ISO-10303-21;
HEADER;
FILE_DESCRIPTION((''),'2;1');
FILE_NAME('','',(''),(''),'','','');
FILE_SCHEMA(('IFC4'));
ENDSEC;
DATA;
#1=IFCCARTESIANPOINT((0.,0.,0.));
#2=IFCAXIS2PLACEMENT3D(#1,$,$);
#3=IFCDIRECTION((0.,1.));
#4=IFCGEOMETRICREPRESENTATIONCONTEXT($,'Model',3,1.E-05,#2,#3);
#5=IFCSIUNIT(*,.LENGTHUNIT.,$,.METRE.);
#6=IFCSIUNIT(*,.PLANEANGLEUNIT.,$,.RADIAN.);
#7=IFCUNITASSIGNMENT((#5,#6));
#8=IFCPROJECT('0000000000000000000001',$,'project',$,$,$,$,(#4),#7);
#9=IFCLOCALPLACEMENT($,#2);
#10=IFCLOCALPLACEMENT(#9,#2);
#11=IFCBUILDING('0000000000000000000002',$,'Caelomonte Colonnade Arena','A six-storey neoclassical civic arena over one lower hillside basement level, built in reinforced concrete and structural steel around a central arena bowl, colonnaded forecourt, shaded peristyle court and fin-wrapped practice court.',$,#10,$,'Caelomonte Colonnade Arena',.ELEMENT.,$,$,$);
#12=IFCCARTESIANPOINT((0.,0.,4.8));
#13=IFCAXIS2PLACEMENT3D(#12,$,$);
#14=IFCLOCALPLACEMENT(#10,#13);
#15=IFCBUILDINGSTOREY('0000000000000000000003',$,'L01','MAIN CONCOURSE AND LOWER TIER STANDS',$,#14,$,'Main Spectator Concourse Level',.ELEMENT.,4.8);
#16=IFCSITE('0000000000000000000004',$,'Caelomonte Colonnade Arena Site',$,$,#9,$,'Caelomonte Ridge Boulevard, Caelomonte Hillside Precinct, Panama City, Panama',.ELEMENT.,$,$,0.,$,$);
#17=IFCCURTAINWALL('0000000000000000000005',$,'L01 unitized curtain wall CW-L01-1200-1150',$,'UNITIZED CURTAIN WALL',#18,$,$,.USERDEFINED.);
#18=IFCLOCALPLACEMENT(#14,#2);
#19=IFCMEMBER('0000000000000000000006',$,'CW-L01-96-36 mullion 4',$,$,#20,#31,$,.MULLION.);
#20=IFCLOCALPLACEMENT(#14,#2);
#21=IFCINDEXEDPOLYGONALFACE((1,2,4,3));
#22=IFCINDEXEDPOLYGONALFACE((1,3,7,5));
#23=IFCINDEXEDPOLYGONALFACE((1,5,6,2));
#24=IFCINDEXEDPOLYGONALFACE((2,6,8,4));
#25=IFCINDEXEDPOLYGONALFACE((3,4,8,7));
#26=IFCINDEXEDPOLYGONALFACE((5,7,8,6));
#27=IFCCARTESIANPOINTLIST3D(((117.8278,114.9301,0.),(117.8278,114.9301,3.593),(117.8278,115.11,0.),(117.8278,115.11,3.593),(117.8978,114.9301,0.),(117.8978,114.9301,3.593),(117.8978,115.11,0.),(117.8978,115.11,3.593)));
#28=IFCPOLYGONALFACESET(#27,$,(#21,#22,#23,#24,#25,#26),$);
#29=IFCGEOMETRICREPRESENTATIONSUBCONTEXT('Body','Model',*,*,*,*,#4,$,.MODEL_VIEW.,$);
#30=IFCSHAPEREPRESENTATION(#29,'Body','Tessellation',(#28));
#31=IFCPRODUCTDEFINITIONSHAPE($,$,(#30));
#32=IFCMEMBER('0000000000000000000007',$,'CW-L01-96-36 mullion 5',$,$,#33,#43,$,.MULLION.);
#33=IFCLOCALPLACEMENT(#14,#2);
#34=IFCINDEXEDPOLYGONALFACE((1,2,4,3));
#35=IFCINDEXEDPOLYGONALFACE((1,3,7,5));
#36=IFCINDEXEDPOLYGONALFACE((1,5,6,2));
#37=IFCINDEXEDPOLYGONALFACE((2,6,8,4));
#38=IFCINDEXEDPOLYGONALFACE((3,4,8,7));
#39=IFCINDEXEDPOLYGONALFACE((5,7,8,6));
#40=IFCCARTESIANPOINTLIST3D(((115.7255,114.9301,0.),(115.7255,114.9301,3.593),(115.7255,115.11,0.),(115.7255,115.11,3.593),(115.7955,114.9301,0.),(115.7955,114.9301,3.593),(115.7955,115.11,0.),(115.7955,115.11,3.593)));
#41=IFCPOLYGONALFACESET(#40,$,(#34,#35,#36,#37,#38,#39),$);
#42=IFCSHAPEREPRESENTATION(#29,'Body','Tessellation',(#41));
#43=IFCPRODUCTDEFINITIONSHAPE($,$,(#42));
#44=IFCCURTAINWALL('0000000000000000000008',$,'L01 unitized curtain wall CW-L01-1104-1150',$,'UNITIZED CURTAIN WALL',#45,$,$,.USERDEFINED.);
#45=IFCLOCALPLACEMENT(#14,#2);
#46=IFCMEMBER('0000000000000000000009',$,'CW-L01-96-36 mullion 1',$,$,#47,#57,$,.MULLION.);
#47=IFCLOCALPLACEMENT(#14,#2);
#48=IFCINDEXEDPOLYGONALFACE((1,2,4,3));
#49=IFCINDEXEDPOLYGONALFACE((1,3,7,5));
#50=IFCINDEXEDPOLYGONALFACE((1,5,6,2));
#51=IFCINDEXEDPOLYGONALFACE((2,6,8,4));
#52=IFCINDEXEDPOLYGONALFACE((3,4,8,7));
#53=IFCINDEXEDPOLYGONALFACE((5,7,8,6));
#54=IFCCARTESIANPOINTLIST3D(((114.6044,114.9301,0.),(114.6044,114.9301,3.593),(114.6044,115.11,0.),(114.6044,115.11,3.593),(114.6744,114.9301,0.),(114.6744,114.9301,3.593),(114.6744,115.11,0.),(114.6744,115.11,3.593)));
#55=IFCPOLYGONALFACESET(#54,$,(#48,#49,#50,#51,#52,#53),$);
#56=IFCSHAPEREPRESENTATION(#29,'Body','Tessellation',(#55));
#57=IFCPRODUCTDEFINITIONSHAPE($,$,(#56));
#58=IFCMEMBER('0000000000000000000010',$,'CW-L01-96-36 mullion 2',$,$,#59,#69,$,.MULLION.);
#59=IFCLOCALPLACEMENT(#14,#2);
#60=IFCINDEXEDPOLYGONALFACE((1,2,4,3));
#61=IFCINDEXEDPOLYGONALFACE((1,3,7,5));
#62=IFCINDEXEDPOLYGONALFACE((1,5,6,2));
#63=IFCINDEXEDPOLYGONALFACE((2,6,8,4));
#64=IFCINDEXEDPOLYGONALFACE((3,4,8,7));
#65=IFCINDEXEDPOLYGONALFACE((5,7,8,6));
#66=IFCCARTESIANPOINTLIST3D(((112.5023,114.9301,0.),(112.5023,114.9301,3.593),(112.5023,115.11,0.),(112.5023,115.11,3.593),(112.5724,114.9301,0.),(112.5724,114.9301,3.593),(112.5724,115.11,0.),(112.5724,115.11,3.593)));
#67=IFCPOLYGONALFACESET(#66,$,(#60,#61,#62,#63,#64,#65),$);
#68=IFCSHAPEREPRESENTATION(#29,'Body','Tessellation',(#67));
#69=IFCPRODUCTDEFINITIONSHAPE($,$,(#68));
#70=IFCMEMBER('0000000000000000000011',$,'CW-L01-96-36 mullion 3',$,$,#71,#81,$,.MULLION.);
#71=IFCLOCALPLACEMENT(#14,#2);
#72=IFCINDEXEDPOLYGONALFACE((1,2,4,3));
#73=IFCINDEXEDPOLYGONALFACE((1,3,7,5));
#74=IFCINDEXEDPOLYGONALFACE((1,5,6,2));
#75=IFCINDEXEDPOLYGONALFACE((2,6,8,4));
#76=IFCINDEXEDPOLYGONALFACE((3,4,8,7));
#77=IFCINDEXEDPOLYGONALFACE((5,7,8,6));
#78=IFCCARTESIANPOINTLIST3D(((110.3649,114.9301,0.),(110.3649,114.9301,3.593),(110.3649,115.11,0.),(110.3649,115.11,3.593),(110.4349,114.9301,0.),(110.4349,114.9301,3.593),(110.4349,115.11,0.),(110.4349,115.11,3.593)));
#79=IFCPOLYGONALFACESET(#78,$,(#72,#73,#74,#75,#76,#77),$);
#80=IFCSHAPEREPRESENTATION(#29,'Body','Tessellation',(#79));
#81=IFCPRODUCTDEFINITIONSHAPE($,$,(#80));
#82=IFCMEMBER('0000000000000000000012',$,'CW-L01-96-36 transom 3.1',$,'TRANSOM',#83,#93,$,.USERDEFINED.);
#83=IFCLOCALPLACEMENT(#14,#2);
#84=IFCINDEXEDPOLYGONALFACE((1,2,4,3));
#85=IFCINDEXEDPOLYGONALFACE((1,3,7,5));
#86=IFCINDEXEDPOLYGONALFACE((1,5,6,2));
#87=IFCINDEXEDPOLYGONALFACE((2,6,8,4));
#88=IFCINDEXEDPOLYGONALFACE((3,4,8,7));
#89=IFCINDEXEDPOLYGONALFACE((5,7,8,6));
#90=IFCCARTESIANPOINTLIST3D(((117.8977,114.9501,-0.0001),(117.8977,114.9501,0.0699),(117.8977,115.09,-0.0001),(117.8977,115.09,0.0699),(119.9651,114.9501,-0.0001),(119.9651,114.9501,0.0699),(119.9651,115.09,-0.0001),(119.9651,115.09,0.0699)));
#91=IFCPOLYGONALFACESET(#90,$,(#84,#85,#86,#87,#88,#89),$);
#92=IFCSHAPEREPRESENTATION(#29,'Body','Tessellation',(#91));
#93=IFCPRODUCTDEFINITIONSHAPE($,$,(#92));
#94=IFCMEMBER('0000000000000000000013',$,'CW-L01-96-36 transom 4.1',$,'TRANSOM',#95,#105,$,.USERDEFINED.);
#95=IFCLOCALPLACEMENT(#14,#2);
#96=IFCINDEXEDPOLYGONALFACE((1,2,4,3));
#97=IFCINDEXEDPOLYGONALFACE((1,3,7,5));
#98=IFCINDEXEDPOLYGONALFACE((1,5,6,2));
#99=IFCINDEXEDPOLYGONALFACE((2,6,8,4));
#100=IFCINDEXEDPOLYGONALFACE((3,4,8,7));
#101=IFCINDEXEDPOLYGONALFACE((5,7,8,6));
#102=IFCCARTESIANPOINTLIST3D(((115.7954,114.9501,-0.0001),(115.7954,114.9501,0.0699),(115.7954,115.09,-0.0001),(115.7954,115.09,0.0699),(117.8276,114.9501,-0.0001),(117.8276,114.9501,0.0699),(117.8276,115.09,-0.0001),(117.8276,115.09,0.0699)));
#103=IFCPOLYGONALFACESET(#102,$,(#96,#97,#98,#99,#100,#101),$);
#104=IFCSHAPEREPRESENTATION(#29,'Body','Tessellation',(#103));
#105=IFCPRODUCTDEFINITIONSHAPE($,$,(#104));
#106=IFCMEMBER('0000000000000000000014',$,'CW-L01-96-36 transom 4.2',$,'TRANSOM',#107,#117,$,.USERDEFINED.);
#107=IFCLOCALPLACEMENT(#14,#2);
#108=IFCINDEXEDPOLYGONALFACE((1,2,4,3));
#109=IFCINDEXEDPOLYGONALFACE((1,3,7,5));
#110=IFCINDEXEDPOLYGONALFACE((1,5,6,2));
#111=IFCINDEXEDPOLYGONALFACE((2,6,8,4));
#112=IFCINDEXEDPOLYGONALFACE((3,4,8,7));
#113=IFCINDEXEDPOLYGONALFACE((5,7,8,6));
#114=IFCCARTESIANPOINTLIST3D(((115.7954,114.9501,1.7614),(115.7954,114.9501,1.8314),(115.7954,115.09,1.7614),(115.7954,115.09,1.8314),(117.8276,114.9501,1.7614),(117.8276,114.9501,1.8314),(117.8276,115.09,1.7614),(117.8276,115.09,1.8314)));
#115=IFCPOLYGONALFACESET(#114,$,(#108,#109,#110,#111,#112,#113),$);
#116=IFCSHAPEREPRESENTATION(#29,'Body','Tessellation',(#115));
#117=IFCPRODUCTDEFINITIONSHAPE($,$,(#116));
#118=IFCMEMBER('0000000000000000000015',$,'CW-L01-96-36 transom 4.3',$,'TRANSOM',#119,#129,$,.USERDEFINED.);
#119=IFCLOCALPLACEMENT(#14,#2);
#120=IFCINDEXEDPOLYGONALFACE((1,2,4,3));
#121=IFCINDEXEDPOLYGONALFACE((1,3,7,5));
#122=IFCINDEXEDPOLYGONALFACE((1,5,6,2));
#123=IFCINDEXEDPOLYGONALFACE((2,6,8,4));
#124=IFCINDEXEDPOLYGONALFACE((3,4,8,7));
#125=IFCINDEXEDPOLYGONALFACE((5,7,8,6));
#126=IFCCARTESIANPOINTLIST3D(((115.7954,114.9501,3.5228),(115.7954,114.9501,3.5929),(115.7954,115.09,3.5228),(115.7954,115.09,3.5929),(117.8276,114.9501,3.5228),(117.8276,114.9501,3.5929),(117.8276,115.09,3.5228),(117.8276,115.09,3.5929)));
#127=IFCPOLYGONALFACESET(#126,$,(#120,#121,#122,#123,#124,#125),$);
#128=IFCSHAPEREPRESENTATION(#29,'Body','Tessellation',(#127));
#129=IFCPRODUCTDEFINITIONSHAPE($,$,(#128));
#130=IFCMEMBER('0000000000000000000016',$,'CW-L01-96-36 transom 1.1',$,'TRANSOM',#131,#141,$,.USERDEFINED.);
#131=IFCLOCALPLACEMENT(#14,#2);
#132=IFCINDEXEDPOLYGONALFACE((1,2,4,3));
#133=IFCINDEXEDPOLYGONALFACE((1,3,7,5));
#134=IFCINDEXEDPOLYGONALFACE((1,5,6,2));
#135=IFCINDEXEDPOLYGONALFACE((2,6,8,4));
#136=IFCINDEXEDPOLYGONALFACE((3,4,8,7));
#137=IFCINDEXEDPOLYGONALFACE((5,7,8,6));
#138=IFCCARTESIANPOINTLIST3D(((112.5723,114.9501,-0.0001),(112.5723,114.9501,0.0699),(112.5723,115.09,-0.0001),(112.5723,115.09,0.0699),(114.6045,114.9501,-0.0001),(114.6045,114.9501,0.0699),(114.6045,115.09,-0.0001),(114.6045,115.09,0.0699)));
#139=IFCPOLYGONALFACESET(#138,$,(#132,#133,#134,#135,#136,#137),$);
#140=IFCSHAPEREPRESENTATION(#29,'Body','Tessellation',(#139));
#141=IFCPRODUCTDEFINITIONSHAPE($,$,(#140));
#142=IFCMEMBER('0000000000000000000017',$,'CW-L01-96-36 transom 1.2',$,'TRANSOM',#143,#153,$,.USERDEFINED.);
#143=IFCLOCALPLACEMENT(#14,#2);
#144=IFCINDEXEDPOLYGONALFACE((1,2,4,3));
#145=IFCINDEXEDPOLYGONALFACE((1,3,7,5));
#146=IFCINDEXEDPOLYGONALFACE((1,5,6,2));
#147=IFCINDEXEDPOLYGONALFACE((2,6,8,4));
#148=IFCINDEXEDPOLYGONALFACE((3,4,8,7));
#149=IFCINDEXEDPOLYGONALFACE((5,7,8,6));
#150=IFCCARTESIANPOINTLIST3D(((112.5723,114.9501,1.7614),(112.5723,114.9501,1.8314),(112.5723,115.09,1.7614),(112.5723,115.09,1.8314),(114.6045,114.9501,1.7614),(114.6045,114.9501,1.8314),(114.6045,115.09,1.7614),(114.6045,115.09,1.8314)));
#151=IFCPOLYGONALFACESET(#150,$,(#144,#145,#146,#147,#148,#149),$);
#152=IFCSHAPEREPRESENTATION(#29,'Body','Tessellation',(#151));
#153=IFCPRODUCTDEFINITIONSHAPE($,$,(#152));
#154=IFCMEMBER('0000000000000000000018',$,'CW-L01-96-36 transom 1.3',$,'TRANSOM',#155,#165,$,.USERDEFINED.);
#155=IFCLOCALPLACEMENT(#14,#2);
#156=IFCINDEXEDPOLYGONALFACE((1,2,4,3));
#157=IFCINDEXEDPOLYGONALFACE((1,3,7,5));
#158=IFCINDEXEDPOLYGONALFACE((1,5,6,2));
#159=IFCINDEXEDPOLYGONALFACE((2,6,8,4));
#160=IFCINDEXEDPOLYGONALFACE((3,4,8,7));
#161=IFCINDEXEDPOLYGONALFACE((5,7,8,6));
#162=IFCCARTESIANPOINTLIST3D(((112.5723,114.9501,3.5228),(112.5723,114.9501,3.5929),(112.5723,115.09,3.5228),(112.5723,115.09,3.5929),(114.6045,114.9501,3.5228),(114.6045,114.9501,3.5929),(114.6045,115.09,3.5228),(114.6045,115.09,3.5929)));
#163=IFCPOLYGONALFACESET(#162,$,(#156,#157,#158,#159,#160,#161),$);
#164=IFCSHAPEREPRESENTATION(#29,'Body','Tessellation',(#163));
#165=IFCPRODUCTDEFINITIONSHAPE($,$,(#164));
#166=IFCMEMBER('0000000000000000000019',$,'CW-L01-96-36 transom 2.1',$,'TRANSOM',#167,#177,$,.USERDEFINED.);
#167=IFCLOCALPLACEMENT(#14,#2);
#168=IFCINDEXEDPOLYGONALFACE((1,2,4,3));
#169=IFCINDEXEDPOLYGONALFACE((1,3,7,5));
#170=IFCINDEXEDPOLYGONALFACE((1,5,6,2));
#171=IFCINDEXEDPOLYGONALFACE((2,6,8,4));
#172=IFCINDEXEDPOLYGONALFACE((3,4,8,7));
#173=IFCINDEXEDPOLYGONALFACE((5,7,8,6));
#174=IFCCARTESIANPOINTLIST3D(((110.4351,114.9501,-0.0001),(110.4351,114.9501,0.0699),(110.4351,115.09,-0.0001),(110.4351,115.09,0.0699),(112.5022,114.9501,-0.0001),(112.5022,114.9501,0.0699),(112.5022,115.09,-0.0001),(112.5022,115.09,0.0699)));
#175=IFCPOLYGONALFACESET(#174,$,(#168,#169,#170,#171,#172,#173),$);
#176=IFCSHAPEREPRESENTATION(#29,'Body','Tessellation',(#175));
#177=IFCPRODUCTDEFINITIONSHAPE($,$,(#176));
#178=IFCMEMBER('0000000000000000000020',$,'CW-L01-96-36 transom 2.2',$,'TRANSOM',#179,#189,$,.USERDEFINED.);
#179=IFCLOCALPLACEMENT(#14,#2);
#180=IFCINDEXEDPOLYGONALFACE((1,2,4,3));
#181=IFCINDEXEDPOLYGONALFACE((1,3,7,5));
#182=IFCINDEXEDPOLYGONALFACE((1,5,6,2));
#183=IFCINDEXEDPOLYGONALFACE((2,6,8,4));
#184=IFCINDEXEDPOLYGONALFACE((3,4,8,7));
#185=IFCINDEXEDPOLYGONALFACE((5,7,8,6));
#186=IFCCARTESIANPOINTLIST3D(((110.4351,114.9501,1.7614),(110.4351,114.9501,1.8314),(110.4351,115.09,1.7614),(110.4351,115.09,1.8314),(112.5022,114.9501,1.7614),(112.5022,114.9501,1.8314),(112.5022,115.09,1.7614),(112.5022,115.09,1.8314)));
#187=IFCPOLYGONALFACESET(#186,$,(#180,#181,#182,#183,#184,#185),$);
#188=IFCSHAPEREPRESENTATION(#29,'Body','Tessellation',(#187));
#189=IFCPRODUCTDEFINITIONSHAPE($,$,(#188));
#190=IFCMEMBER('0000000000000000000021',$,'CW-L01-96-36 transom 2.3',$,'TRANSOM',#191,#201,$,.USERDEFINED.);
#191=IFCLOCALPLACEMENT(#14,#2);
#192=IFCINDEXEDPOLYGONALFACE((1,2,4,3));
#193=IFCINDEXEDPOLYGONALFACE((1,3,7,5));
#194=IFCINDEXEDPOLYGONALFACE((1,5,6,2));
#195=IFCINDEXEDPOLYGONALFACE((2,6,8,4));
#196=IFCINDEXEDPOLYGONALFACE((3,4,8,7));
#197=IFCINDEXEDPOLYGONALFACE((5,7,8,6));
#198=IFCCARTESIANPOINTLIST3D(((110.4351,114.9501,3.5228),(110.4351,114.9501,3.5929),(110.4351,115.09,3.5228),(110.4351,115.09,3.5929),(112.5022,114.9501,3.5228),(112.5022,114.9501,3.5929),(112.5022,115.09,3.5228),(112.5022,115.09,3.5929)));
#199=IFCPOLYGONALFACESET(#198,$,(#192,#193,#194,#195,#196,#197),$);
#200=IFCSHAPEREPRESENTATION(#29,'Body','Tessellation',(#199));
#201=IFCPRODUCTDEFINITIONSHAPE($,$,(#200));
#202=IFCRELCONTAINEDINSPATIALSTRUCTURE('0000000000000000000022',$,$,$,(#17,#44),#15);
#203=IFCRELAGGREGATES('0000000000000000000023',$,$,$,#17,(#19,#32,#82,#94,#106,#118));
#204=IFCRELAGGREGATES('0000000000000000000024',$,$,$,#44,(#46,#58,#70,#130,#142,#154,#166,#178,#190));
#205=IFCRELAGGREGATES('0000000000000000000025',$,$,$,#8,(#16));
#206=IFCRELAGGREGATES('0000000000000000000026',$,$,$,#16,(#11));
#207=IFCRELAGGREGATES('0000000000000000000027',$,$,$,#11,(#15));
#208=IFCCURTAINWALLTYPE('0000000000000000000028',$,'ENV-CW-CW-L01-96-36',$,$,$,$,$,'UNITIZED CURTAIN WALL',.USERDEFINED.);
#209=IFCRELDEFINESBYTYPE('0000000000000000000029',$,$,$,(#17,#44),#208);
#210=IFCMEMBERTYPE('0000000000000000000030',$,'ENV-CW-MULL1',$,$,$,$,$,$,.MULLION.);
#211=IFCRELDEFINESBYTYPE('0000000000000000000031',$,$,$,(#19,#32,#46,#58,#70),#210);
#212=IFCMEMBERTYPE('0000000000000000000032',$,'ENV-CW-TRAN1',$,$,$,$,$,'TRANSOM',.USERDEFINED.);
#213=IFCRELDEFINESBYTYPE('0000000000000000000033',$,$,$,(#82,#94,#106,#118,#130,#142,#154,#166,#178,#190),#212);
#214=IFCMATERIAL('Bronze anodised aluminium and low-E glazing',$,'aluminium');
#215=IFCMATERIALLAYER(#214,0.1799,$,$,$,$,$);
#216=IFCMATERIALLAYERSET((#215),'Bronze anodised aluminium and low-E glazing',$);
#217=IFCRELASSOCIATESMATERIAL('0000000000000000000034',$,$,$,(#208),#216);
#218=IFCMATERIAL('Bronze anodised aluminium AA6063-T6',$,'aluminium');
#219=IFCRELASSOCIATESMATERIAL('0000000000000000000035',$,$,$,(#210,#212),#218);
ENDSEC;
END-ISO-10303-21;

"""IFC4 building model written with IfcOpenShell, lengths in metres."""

from ifc_helpers import new_model, si_unit, direction, frame, origin, origin_2d, place, context, subcontext, project, spatial, rectangle, extrude, material, layer, layer_set, material_profile, profile_set, type_object, element, aggregate, save


model = new_model("IFC4")

# Units and contexts
model_context = context("Model", 3, precision=1e-05, world=origin(), true_north=direction((0.0, 1.0)))
body_context = subcontext(model_context, "Body", "Model", "MODEL_VIEW")
ifc_project = project(units=[si_unit("LENGTHUNIT", "METRE"), si_unit("PLANEANGLEUNIT", "RADIAN")], contexts=[model_context])

# Site, building, storey
site_placement = place(None, origin())
site = spatial("IfcSite", under=ifc_project, at=site_placement, Name="Caelomonte Colonnade Arena Site", LongName="Caelomonte Ridge Boulevard, Caelomonte Hillside Precinct, Panama City, Panama", CompositionType="ELEMENT", RefElevation=0.0)
building_placement = place(site_placement, origin())
building = spatial("IfcBuilding", under=site, at=building_placement, Name="Caelomonte Colonnade Arena", Description="A six-storey neoclassical civic arena over one lower hillside basement level, built in reinforced concrete and structural steel around a central arena bowl, colonnaded forecourt, shaded peristyle court and fin-wrapped practice court.", LongName="Caelomonte Colonnade Arena", CompositionType="ELEMENT")
storey_placement = place(building_placement, frame((0.0, 0.0, 4.8)))
storey = spatial("IfcBuildingStorey", under=building, at=storey_placement, Name="L01", Description="MAIN CONCOURSE AND LOWER TIER STANDS", LongName="Main Spectator Concourse Level", CompositionType="ELEMENT", Elevation=4.8)

# Curtain walls, members
ifc_material_1 = material(Name="Bronze anodised aluminium and low-E glazing", Category="aluminium")
ifc_layer_1 = layer(ifc_material_1, 0.1799)
ifc_layer_set_1 = layer_set([ifc_layer_1], Name="Bronze anodised aluminium and low-E glazing")
curtain_wall_type = type_object("IfcCurtainWallType", Name="ENV-CW-CW-L01-96-36", ElementType="UNITIZED CURTAIN WALL", PredefinedType="USERDEFINED", material=ifc_layer_set_1)
curtain_wall_1_placement = place(storey_placement, origin())
curtain_wall_1 = element("IfcCurtainWall", 1, at=curtain_wall_1_placement, inside=storey, type_object=curtain_wall_type, Name="L01 unitized curtain wall CW-L01-1200-1150", ObjectType="UNITIZED CURTAIN WALL", PredefinedType="USERDEFINED")
ifc_material_2 = material(Name="Bronze anodised aluminium AA6063-T6", Category="aluminium")
ifc_material_profile_1 = material_profile(ifc_material_2, rectangle(XDim=0.0701, YDim=0.1799, at=origin_2d()), Name="CWM-70X180")
ifc_profile_set_1 = profile_set([ifc_material_profile_1], Name="Bronze anodised aluminium AA6063-T6")
member_type_1 = type_object("IfcMemberType", Name="ENV-CW-MULL1", PredefinedType="MULLION", material=ifc_profile_set_1)
member_1_placement = place(storey_placement, frame((117.8628, 115.02, 0.0), z_axis=(0.0, 0.0, 1.0), x_axis=(-1.0, 0.0, 0.0)))
member_1 = element("IfcMember", 2, at=member_1_placement, type_object=member_type_1, Name="CW-L01-96-36 mullion 4", PredefinedType="MULLION", context=body_context, shape_type="SweptSolid", body=[
    extrude(rectangle(XDim=0.0701, YDim=0.1799, at=origin_2d()), origin(), (0.0, 0.0, 1.0), 3.593),
])
member_2_placement = place(storey_placement, frame((115.7605, 115.02, 0.0), z_axis=(0.0, 0.0, 1.0), x_axis=(-1.0, 0.0, 0.0)))
member_2 = element("IfcMember", 3, at=member_2_placement, type_object=member_type_1, Name="CW-L01-96-36 mullion 5", PredefinedType="MULLION", context=body_context, shape_type="SweptSolid", body=[
    extrude(rectangle(XDim=0.0701, YDim=0.1799, at=origin_2d()), origin(), (0.0, 0.0, 1.0), 3.593),
])
curtain_wall_2_placement = place(storey_placement, origin())
curtain_wall_2 = element("IfcCurtainWall", 4, at=curtain_wall_2_placement, inside=storey, type_object=curtain_wall_type, Name="L01 unitized curtain wall CW-L01-1104-1150", ObjectType="UNITIZED CURTAIN WALL", PredefinedType="USERDEFINED")
member_3_placement = place(storey_placement, frame((114.6394, 115.02, 0.0), z_axis=(0.0, 0.0, 1.0), x_axis=(-1.0, 0.0, 0.0)))
member_3 = element("IfcMember", 5, at=member_3_placement, type_object=member_type_1, Name="CW-L01-96-36 mullion 1", PredefinedType="MULLION", context=body_context, shape_type="SweptSolid", body=[
    extrude(rectangle(XDim=0.0701, YDim=0.1799, at=origin_2d()), origin(), (0.0, 0.0, 1.0), 3.593),
])
member_4_placement = place(storey_placement, frame((112.5374, 115.02, 0.0), z_axis=(0.0, 0.0, 1.0), x_axis=(-1.0, 0.0, 0.0)))
member_4 = element("IfcMember", 6, at=member_4_placement, type_object=member_type_1, Name="CW-L01-96-36 mullion 2", PredefinedType="MULLION", context=body_context, shape_type="SweptSolid", body=[
    extrude(rectangle(XDim=0.0701, YDim=0.1799, at=origin_2d()), origin(), (0.0, 0.0, 1.0), 3.593),
])
member_5_placement = place(storey_placement, frame((110.3999, 115.02, 0.0), z_axis=(0.0, 0.0, 1.0), x_axis=(-1.0, 0.0, 0.0)))
member_5 = element("IfcMember", 7, at=member_5_placement, type_object=member_type_1, Name="CW-L01-96-36 mullion 3", PredefinedType="MULLION", context=body_context, shape_type="SweptSolid", body=[
    extrude(rectangle(XDim=0.0701, YDim=0.1799, at=origin_2d()), origin(), (0.0, 0.0, 1.0), 3.593),
])

# Members
ifc_material_profile_2 = material_profile(ifc_material_2, rectangle(XDim=0.0701, YDim=0.1399, at=origin_2d()), Name="CWT-70X140")
ifc_profile_set_2 = profile_set([ifc_material_profile_2], Name="Bronze anodised aluminium AA6063-T6")
member_type_2 = type_object("IfcMemberType", Name="ENV-CW-TRAN1", ElementType="TRANSOM", PredefinedType="USERDEFINED", material=ifc_profile_set_2)
member_6_placement = place(storey_placement, frame((119.9651, 115.02, 0.0349), z_axis=(-1.0, 0.0, 0.0), x_axis=(0.0, 0.0, 1.0)))
member_6 = element("IfcMember", 8, at=member_6_placement, type_object=member_type_2, Name="CW-L01-96-36 transom 3.1", ObjectType="TRANSOM", PredefinedType="USERDEFINED", context=body_context, shape_type="SweptSolid", body=[
    extrude(rectangle(XDim=0.0701, YDim=0.1399, at=origin_2d()), origin(), (0.0, 0.0, 1.0), 2.0674),
])
member_7_placement = place(storey_placement, frame((117.8276, 115.02, 0.0349), z_axis=(-1.0, 0.0, 0.0), x_axis=(0.0, 0.0, 1.0)))
member_7 = element("IfcMember", 9, at=member_7_placement, type_object=member_type_2, Name="CW-L01-96-36 transom 4.1", ObjectType="TRANSOM", PredefinedType="USERDEFINED", context=body_context, shape_type="SweptSolid", body=[
    extrude(rectangle(XDim=0.0701, YDim=0.1399, at=origin_2d()), origin(), (0.0, 0.0, 1.0), 2.0322),
])
member_8_placement = place(storey_placement, frame((117.8276, 115.02, 1.7964), z_axis=(-1.0, 0.0, 0.0), x_axis=(0.0, 0.0, 1.0)))
member_8 = element("IfcMember", 10, at=member_8_placement, type_object=member_type_2, Name="CW-L01-96-36 transom 4.2", ObjectType="TRANSOM", PredefinedType="USERDEFINED", context=body_context, shape_type="SweptSolid", body=[
    extrude(rectangle(XDim=0.0701, YDim=0.1399, at=origin_2d()), origin(), (0.0, 0.0, 1.0), 2.0322),
])
member_9_placement = place(storey_placement, frame((117.8276, 115.02, 3.5579), z_axis=(-1.0, 0.0, 0.0), x_axis=(0.0, 0.0, 1.0)))
member_9 = element("IfcMember", 11, at=member_9_placement, type_object=member_type_2, Name="CW-L01-96-36 transom 4.3", ObjectType="TRANSOM", PredefinedType="USERDEFINED", context=body_context, shape_type="SweptSolid", body=[
    extrude(rectangle(XDim=0.0701, YDim=0.1399, at=origin_2d()), origin(), (0.0, 0.0, 1.0), 2.0322),
])
member_10_placement = place(storey_placement, frame((114.6045, 115.02, 0.0349), z_axis=(-1.0, 0.0, 0.0), x_axis=(0.0, 0.0, 1.0)))
member_10 = element("IfcMember", 12, at=member_10_placement, type_object=member_type_2, Name="CW-L01-96-36 transom 1.1", ObjectType="TRANSOM", PredefinedType="USERDEFINED", context=body_context, shape_type="SweptSolid", body=[
    extrude(rectangle(XDim=0.0701, YDim=0.1399, at=origin_2d()), origin(), (0.0, 0.0, 1.0), 2.0322),
])
member_11_placement = place(storey_placement, frame((114.6045, 115.02, 1.7964), z_axis=(-1.0, 0.0, 0.0), x_axis=(0.0, 0.0, 1.0)))
member_11 = element("IfcMember", 13, at=member_11_placement, type_object=member_type_2, Name="CW-L01-96-36 transom 1.2", ObjectType="TRANSOM", PredefinedType="USERDEFINED", context=body_context, shape_type="SweptSolid", body=[
    extrude(rectangle(XDim=0.0701, YDim=0.1399, at=origin_2d()), origin(), (0.0, 0.0, 1.0), 2.0322),
])
member_12_placement = place(storey_placement, frame((114.6045, 115.02, 3.5579), z_axis=(-1.0, 0.0, 0.0), x_axis=(0.0, 0.0, 1.0)))
member_12 = element("IfcMember", 14, at=member_12_placement, type_object=member_type_2, Name="CW-L01-96-36 transom 1.3", ObjectType="TRANSOM", PredefinedType="USERDEFINED", context=body_context, shape_type="SweptSolid", body=[
    extrude(rectangle(XDim=0.0701, YDim=0.1399, at=origin_2d()), origin(), (0.0, 0.0, 1.0), 2.0322),
])
member_13_placement = place(storey_placement, frame((112.5022, 115.02, 0.0349), z_axis=(-1.0, 0.0, 0.0), x_axis=(0.0, 0.0, 1.0)))
member_13 = element("IfcMember", 15, at=member_13_placement, type_object=member_type_2, Name="CW-L01-96-36 transom 2.1", ObjectType="TRANSOM", PredefinedType="USERDEFINED", context=body_context, shape_type="SweptSolid", body=[
    extrude(rectangle(XDim=0.0701, YDim=0.1399, at=origin_2d()), origin(), (0.0, 0.0, 1.0), 2.0671),
])
member_14_placement = place(storey_placement, frame((112.5022, 115.02, 1.7964), z_axis=(-1.0, 0.0, 0.0), x_axis=(0.0, 0.0, 1.0)))
member_14 = element("IfcMember", 16, at=member_14_placement, type_object=member_type_2, Name="CW-L01-96-36 transom 2.2", ObjectType="TRANSOM", PredefinedType="USERDEFINED", context=body_context, shape_type="SweptSolid", body=[
    extrude(rectangle(XDim=0.0701, YDim=0.1399, at=origin_2d()), origin(), (0.0, 0.0, 1.0), 2.0671),
])
member_15_placement = place(storey_placement, frame((112.5022, 115.02, 3.5579), z_axis=(-1.0, 0.0, 0.0), x_axis=(0.0, 0.0, 1.0)))
member_15 = element("IfcMember", 17, at=member_15_placement, type_object=member_type_2, Name="CW-L01-96-36 transom 2.3", ObjectType="TRANSOM", PredefinedType="USERDEFINED", context=body_context, shape_type="SweptSolid", body=[
    extrude(rectangle(XDim=0.0701, YDim=0.1399, at=origin_2d()), origin(), (0.0, 0.0, 1.0), 2.0671),
])

aggregate(curtain_wall_1, [member_1, member_2, member_6, member_7, member_8, member_9])
aggregate(curtain_wall_2, [member_3, member_4, member_5, member_10, member_11, member_12, member_13, member_14, member_15])

save(model, "model.ifc")
